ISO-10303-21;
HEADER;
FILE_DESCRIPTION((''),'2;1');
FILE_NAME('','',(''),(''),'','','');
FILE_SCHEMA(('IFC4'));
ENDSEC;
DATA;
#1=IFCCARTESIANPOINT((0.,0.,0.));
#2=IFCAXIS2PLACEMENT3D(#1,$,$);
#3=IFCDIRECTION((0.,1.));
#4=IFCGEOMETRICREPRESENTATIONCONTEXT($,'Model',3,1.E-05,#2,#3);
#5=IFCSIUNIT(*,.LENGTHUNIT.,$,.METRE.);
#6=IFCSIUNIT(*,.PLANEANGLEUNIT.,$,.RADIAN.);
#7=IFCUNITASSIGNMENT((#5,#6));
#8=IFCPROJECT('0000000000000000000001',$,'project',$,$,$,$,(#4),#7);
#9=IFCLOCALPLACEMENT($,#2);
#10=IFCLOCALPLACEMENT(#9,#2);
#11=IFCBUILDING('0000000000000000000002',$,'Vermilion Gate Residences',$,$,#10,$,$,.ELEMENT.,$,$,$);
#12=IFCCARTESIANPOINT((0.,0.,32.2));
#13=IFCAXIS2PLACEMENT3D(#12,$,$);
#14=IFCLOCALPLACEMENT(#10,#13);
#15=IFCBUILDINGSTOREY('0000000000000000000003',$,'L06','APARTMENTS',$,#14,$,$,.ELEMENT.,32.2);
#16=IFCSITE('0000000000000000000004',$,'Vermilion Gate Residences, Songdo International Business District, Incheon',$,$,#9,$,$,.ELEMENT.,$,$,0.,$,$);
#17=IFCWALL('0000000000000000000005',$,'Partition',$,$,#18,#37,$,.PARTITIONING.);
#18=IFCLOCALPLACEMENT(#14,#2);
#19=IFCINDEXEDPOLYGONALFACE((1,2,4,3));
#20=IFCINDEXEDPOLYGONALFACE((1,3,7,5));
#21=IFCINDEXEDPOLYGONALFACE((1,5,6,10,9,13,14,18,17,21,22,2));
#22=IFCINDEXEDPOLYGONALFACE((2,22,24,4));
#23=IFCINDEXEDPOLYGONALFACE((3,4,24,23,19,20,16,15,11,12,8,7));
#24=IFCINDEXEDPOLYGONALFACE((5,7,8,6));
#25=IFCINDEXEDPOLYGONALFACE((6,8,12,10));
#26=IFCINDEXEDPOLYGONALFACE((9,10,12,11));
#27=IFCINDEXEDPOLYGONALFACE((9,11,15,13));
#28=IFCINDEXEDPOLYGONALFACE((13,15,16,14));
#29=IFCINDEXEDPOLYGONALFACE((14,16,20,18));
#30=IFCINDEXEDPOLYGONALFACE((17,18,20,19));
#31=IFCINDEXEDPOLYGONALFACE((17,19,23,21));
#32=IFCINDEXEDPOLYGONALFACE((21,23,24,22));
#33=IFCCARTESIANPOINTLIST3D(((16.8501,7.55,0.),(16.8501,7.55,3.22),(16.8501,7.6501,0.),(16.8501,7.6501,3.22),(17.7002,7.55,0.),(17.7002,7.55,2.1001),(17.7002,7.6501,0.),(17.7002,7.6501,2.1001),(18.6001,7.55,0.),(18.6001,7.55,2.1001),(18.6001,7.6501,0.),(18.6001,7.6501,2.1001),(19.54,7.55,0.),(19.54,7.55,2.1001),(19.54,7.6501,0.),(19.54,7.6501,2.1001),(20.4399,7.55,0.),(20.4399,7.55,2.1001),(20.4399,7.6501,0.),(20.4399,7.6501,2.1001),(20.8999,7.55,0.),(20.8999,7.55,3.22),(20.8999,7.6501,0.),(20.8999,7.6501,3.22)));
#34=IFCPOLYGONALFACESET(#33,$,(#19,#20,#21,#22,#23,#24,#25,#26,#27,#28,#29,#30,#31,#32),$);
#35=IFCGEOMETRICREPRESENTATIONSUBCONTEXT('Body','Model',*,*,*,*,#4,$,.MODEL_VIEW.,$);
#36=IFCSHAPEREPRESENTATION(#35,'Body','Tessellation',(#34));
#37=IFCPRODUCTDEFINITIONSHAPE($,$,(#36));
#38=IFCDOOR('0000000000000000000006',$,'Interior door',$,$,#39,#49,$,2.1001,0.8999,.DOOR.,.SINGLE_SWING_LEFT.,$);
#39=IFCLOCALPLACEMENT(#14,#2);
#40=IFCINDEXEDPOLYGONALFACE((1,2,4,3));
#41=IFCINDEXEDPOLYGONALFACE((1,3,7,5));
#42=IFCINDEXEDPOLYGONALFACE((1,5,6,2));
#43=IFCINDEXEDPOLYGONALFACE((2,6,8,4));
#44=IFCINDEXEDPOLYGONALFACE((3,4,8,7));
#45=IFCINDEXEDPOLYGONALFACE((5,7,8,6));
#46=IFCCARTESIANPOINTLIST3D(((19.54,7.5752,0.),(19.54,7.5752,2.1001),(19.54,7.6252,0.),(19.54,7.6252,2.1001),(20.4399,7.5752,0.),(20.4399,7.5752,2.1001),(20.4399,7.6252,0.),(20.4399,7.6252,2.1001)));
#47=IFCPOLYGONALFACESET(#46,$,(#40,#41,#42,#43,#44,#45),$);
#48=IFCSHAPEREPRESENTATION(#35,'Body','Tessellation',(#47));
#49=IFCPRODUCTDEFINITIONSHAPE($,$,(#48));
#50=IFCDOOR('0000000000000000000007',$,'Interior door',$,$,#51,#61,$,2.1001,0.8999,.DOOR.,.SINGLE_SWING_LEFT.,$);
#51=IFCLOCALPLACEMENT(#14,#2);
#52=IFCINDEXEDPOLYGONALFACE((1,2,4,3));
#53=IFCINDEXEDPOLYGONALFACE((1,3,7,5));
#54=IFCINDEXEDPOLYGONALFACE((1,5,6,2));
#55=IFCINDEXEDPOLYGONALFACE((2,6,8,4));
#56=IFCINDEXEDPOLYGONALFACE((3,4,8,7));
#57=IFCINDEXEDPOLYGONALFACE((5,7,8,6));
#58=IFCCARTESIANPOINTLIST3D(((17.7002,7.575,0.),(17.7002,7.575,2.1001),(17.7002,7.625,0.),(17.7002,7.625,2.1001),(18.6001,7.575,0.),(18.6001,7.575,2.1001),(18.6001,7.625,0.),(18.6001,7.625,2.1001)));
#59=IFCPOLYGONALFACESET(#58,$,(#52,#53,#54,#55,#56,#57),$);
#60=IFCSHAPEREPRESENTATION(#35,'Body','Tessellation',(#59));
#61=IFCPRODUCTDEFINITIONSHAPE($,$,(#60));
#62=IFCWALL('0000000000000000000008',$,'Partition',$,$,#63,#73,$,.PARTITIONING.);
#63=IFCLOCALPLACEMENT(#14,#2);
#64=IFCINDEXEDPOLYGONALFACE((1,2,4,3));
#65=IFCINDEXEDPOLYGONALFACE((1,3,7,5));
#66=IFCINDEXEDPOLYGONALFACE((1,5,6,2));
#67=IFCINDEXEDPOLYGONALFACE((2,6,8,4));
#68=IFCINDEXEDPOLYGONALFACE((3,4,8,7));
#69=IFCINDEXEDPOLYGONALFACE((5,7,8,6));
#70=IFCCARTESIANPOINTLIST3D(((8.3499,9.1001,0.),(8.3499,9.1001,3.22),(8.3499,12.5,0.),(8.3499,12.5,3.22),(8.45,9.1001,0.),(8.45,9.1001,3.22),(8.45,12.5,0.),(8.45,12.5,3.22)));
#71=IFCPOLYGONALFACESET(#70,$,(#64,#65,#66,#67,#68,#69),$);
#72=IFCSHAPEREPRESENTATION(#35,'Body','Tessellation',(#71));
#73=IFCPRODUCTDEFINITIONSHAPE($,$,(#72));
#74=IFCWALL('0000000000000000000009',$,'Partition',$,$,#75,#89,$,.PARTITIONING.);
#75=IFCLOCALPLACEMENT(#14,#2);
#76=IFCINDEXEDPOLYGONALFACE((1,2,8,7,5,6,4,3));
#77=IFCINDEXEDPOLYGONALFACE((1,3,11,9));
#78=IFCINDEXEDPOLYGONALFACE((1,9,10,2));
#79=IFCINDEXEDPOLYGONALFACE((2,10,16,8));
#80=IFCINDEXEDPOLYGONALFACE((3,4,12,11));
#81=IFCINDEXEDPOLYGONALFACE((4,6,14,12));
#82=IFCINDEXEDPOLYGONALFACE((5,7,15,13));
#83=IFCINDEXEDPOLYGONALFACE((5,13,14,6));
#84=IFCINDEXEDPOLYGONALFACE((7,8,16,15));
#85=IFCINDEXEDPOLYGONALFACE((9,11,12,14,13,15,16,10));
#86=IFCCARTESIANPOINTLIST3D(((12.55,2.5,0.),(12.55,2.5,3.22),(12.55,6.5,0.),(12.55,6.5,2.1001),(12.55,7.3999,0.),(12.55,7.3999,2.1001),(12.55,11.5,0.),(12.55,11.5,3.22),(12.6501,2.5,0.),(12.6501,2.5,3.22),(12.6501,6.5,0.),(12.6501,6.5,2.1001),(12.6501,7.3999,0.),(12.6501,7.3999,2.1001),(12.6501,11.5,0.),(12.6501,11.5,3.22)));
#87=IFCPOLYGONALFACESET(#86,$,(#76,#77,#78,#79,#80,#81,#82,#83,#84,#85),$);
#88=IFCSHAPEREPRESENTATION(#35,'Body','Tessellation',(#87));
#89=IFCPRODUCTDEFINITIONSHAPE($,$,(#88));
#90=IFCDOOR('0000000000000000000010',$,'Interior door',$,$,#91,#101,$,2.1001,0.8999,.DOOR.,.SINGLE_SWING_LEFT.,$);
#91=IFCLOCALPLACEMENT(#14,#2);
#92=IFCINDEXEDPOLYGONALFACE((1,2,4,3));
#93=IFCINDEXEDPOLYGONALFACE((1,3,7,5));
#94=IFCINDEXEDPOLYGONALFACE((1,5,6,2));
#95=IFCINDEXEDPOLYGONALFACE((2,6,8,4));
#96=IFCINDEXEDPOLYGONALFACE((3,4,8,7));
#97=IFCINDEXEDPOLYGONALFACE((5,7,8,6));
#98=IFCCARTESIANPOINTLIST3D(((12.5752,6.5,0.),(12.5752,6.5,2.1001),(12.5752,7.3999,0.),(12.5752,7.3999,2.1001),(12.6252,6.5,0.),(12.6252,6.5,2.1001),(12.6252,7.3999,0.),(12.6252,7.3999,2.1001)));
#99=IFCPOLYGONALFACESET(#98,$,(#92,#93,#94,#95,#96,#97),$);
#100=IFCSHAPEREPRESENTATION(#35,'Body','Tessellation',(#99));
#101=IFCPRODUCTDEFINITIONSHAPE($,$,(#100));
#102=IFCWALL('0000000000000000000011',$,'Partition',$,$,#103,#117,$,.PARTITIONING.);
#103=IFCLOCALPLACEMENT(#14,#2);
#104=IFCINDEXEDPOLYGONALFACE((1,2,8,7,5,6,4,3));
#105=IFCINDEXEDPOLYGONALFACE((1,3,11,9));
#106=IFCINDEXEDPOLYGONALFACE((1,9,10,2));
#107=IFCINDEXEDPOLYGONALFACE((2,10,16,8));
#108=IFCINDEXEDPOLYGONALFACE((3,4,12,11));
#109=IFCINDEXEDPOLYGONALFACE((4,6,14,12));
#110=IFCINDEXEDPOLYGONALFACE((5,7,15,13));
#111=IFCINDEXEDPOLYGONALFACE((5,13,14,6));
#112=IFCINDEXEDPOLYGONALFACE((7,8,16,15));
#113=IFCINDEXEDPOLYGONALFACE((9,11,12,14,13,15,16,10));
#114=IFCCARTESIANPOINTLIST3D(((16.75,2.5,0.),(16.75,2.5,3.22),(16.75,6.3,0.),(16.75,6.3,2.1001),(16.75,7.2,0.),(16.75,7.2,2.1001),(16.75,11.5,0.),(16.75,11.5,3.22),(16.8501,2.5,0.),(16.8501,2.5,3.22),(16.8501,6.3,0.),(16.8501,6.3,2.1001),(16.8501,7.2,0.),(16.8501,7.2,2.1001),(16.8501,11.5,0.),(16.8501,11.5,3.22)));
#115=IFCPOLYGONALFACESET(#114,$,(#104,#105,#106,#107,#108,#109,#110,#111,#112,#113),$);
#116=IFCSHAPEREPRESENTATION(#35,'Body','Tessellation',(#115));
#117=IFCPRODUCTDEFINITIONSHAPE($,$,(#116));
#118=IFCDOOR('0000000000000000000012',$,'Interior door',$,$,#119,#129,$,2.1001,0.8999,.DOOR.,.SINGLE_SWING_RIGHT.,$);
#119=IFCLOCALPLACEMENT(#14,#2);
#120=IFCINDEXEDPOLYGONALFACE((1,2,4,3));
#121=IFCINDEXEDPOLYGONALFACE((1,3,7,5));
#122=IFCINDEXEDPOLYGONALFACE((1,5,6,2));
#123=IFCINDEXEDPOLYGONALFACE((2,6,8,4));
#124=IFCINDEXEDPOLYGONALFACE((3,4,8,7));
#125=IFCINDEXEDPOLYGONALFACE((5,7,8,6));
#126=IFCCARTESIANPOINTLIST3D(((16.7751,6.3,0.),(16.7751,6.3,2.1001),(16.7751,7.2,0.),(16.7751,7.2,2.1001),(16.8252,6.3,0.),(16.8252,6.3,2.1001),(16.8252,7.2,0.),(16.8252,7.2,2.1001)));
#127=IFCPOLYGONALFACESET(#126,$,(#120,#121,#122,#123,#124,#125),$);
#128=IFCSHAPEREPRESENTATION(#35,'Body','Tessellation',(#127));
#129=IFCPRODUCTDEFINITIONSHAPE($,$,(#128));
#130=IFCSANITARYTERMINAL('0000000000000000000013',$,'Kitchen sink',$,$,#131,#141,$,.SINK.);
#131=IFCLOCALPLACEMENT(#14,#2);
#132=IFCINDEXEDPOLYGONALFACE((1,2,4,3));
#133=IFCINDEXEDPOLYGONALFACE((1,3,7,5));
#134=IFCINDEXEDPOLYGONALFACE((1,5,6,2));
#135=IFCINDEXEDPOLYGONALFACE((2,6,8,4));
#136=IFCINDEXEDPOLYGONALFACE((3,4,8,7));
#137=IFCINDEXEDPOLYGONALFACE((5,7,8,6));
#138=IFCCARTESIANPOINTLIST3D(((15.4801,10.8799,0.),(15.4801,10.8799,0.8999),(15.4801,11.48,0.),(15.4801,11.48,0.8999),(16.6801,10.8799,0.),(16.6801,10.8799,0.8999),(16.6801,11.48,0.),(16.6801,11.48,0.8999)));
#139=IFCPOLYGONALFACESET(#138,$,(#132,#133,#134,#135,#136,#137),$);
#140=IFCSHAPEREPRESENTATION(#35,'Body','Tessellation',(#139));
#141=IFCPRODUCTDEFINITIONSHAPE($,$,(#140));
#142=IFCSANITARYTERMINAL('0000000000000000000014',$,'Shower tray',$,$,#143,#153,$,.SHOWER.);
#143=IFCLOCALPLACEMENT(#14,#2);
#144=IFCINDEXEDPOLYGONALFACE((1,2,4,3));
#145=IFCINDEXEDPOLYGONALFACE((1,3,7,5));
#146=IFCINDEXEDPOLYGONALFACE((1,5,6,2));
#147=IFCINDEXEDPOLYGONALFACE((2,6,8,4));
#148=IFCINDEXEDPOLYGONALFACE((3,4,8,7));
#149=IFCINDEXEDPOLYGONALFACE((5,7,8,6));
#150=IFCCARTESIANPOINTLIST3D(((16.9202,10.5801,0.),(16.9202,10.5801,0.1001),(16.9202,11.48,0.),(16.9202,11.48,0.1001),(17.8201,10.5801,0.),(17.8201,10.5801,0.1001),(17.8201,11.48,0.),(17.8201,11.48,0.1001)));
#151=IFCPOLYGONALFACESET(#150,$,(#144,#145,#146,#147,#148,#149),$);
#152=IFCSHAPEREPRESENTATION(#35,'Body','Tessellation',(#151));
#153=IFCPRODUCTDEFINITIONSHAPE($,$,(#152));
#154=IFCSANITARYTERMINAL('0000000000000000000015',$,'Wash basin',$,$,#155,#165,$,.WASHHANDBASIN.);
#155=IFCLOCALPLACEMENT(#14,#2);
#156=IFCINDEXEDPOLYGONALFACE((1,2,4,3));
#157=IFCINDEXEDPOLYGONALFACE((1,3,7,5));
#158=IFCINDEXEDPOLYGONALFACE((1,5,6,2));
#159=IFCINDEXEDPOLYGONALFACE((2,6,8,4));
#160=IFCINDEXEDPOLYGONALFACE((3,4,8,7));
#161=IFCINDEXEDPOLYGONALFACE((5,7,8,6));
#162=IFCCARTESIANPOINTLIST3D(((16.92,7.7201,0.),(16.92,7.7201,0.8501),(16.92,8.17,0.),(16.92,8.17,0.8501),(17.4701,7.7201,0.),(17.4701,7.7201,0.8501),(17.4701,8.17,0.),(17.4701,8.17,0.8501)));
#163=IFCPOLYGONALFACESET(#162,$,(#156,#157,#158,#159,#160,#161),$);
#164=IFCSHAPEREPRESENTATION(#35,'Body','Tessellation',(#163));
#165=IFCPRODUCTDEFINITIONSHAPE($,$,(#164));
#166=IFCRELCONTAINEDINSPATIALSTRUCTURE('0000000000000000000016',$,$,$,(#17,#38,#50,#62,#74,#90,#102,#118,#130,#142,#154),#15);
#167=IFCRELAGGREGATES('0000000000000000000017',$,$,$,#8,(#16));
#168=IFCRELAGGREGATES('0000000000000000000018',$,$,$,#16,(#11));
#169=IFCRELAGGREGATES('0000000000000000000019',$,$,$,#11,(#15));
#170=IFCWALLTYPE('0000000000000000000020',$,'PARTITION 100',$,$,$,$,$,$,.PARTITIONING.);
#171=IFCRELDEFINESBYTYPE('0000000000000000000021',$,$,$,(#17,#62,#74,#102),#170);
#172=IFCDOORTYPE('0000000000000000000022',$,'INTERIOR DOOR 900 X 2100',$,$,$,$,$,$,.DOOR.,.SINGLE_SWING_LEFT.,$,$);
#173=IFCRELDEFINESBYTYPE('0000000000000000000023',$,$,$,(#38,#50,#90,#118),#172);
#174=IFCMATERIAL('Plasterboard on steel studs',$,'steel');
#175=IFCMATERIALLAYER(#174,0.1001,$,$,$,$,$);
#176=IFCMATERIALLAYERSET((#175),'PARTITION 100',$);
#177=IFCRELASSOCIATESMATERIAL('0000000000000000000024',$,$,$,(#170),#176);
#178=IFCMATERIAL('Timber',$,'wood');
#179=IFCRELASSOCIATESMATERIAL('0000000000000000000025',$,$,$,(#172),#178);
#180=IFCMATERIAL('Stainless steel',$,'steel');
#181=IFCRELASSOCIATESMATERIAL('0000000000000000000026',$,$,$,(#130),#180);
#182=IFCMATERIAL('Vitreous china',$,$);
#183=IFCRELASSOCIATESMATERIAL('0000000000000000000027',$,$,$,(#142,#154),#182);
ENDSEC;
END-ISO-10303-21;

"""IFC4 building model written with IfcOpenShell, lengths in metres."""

from ifc_helpers import new_model, si_unit, direction, frame, frame_2d, origin, origin_2d, place, context, subcontext, project, spatial, rectangle, extrude, material, layer, layer_set, type_object, element, fill, save


model = new_model("IFC4")

# Units and contexts
model_context = context("Model", 3, precision=1e-05, world=origin(), true_north=direction((0.0, 1.0)))
body_context = subcontext(model_context, "Body", "Model", "MODEL_VIEW")
ifc_project = project(units=[si_unit("LENGTHUNIT", "METRE"), si_unit("PLANEANGLEUNIT", "RADIAN")], contexts=[model_context])

# Site, building, storey
site_placement = place(None, origin())
site = spatial("IfcSite", under=ifc_project, at=site_placement, Name="Vermilion Gate Residences, Songdo International Business District, Incheon", CompositionType="ELEMENT", RefElevation=0.0)
building_placement = place(site_placement, origin())
building = spatial("IfcBuilding", under=site, at=building_placement, Name="Vermilion Gate Residences", CompositionType="ELEMENT")
storey_placement = place(building_placement, frame((0.0, 0.0, 32.2)))
storey = spatial("IfcBuildingStorey", under=building, at=storey_placement, Name="L06", Description="APARTMENTS", CompositionType="ELEMENT", Elevation=32.2)

# Wall, openings, doors
ifc_material_1 = material(Name="Plasterboard on steel studs", Category="steel")
ifc_layer = layer(ifc_material_1, 0.1001)
ifc_layer_set = layer_set([ifc_layer], Name="PARTITION 100")
wall_type = type_object("IfcWallType", Name="PARTITION 100", PredefinedType="PARTITIONING", material=ifc_layer_set)
ifc_material_2 = material(Name="Timber", Category="wood")
door_type = type_object("IfcDoorType", Name="INTERIOR DOOR 900 X 2100", OperationType="SINGLE_SWING_LEFT", PredefinedType="DOOR", material=ifc_material_2)
wall_1_placement = place(storey_placement, frame((16.8501, 7.6001, 0.0), z_axis=(0.0, 0.0, 1.0), x_axis=(1.0, 0.0, 0.0)))
wall_1 = element("IfcWall", 1, at=wall_1_placement, inside=storey, type_object=wall_type, Name="Partition", PredefinedType="PARTITIONING", context=body_context, shape_type="SweptSolid", body=[
    extrude(rectangle(XDim=4.0498, YDim=0.1001, at=frame_2d((2.0249, 0.0))), origin(), (0.0, 0.0, 1.0), 3.22),
])
opening_1_placement = place(wall_1_placement, frame((2.6899, 0.0, 0.0)))
opening_1 = element("IfcOpeningElement", 2, at=opening_1_placement, cuts=wall_1, PredefinedType="OPENING", context=body_context, shape_type="SweptSolid", body=[
    extrude(rectangle(XDim=0.8999, YDim=2.1001, at=frame_2d((0.45, 1.05))), frame((0.0, 0.0601, 0.0), z_axis=(0.0, -1.0, 0.0), x_axis=(1.0, 0.0, 0.0)), (0.0, 0.0, 1.0), 0.1201),
])
opening_2_placement = place(wall_1_placement, frame((0.8501, 0.0, 0.0)))
opening_2 = element("IfcOpeningElement", 3, at=opening_2_placement, cuts=wall_1, PredefinedType="OPENING", context=body_context, shape_type="SweptSolid", body=[
    extrude(rectangle(XDim=0.8999, YDim=2.1001, at=frame_2d((0.45, 1.05))), frame((0.0, 0.0601, 0.0), z_axis=(0.0, -1.0, 0.0), x_axis=(1.0, 0.0, 0.0)), (0.0, 0.0, 1.0), 0.1201),
])
door_1_placement = place(opening_1_placement, frame((0.8999, 0.0, 0.0), z_axis=(0.0, 0.0, 1.0), x_axis=(-1.0, 0.0, 0.0)))
door_1 = element("IfcDoor", 4, at=door_1_placement, inside=storey, type_object=door_type, Name="Interior door", OperationType="SINGLE_SWING_LEFT", OverallHeight=2.1001, OverallWidth=0.8999, PredefinedType="DOOR", context=body_context, shape_type="SweptSolid", body=[
    extrude(rectangle(XDim=0.8999, YDim=2.1001, at=frame_2d((0.45, 1.05))), frame((0.0, 0.0249, 0.0), z_axis=(0.0, -1.0, 0.0), x_axis=(1.0, 0.0, 0.0)), (0.0, 0.0, 1.0), 0.05),
])
fill(opening_1, door_1)
door_2_placement = place(opening_2_placement, origin())
door_2 = element("IfcDoor", 5, at=door_2_placement, inside=storey, type_object=door_type, Name="Interior door", OperationType="SINGLE_SWING_LEFT", OverallHeight=2.1001, OverallWidth=0.8999, PredefinedType="DOOR", context=body_context, shape_type="SweptSolid", body=[
    extrude(rectangle(XDim=0.8999, YDim=2.1001, at=frame_2d((0.45, 1.05))), frame((0.0, 0.0249, 0.0), z_axis=(0.0, -1.0, 0.0), x_axis=(1.0, 0.0, 0.0)), (0.0, 0.0, 1.0), 0.05),
])
fill(opening_2, door_2)

# Wall
wall_2_placement = place(storey_placement, frame((8.3999, 9.1001, 0.0), z_axis=(0.0, 0.0, 1.0), x_axis=(0.0, 1.0, 0.0)))
element("IfcWall", 6, at=wall_2_placement, inside=storey, type_object=wall_type, Name="Partition", PredefinedType="PARTITIONING", context=body_context, shape_type="SweptSolid", body=[
    extrude(rectangle(XDim=3.3999, YDim=0.1001, at=frame_2d((1.7, 0.0))), origin(), (0.0, 0.0, 1.0), 3.22),
])

# Walls, openings, doors
wall_3_placement = place(storey_placement, frame((12.6001, 2.5, 0.0), z_axis=(0.0, 0.0, 1.0), x_axis=(0.0, 1.0, 0.0)))
wall_3 = element("IfcWall", 7, at=wall_3_placement, inside=storey, type_object=wall_type, Name="Partition", PredefinedType="PARTITIONING", context=body_context, shape_type="SweptSolid", body=[
    extrude(rectangle(XDim=9.0, YDim=0.1001, at=frame_2d((4.5, 0.0))), origin(), (0.0, 0.0, 1.0), 3.22),
])
opening_3_placement = place(wall_3_placement, frame((4.0, 0.0, 0.0)))
opening_3 = element("IfcOpeningElement", 8, at=opening_3_placement, cuts=wall_3, PredefinedType="OPENING", context=body_context, shape_type="SweptSolid", body=[
    extrude(rectangle(XDim=0.8999, YDim=2.1001, at=frame_2d((0.45, 1.05))), frame((0.0, 0.0601, 0.0), z_axis=(0.0, -1.0, 0.0), x_axis=(1.0, 0.0, 0.0)), (0.0, 0.0, 1.0), 0.1201),
])
door_3_placement = place(opening_3_placement, origin())
door_3 = element("IfcDoor", 9, at=door_3_placement, inside=storey, type_object=door_type, Name="Interior door", OperationType="SINGLE_SWING_LEFT", OverallHeight=2.1001, OverallWidth=0.8999, PredefinedType="DOOR", context=body_context, shape_type="SweptSolid", body=[
    extrude(rectangle(XDim=0.8999, YDim=2.1001, at=frame_2d((0.45, 1.05))), frame((0.0, 0.0249, 0.0), z_axis=(0.0, -1.0, 0.0), x_axis=(1.0, 0.0, 0.0)), (0.0, 0.0, 1.0), 0.05),
])
fill(opening_3, door_3)
wall_4_placement = place(storey_placement, frame((16.8, 2.5, 0.0), z_axis=(0.0, 0.0, 1.0), x_axis=(0.0, 1.0, 0.0)))
wall_4 = element("IfcWall", 10, at=wall_4_placement, inside=storey, type_object=wall_type, Name="Partition", PredefinedType="PARTITIONING", context=body_context, shape_type="SweptSolid", body=[
    extrude(rectangle(XDim=9.0, YDim=0.1001, at=frame_2d((4.5, 0.0))), origin(), (0.0, 0.0, 1.0), 3.22),
])
opening_4_placement = place(wall_4_placement, frame((3.8, 0.0, 0.0)))
opening_4 = element("IfcOpeningElement", 11, at=opening_4_placement, cuts=wall_4, PredefinedType="OPENING", context=body_context, shape_type="SweptSolid", body=[
    extrude(rectangle(XDim=0.8999, YDim=2.1001, at=frame_2d((0.45, 1.05))), frame((0.0, 0.0601, 0.0), z_axis=(0.0, -1.0, 0.0), x_axis=(1.0, 0.0, 0.0)), (0.0, 0.0, 1.0), 0.1201),
])
door_4_placement = place(opening_4_placement, origin())
door_4 = element("IfcDoor", 12, at=door_4_placement, inside=storey, type_object=door_type, Name="Interior door", OperationType="SINGLE_SWING_RIGHT", OverallHeight=2.1001, OverallWidth=0.8999, PredefinedType="DOOR", context=body_context, shape_type="SweptSolid", body=[
    extrude(rectangle(XDim=0.8999, YDim=2.1001, at=frame_2d((0.45, 1.05))), frame((0.0, 0.0249, 0.0), z_axis=(0.0, -1.0, 0.0), x_axis=(1.0, 0.0, 0.0)), (0.0, 0.0, 1.0), 0.05),
])
fill(opening_4, door_4)

# Sanitary terminals
ifc_material_3 = material(Name="Stainless steel", Category="steel")
sanitary_terminal_1_placement = place(storey_placement, frame((16.0801, 11.1799, 0.0), z_axis=(0.0, 0.0, 1.0), x_axis=(1.0, 0.0, 0.0)))
element("IfcSanitaryTerminal", 13, at=sanitary_terminal_1_placement, inside=storey, material=ifc_material_3, Name="Kitchen sink", PredefinedType="SINK", context=body_context, shape_type="SweptSolid", body=[
    extrude(rectangle(XDim=1.2, YDim=0.6001, at=origin_2d()), origin(), (0.0, 0.0, 1.0), 0.8999),
])
ifc_material_4 = material(Name="Vitreous china")
sanitary_terminal_2_placement = place(storey_placement, frame((17.3701, 11.03, 0.0), z_axis=(0.0, 0.0, 1.0), x_axis=(1.0, 0.0, 0.0)))
element("IfcSanitaryTerminal", 14, at=sanitary_terminal_2_placement, inside=storey, material=ifc_material_4, Name="Shower tray", PredefinedType="SHOWER", context=body_context, shape_type="SweptSolid", body=[
    extrude(rectangle(XDim=0.8999, YDim=0.8999, at=origin_2d()), origin(), (0.0, 0.0, 1.0), 0.1001),
])
sanitary_terminal_3_placement = place(storey_placement, frame((17.1951, 7.9451, 0.0), z_axis=(0.0, 0.0, 1.0), x_axis=(1.0, 0.0, 0.0)))
element("IfcSanitaryTerminal", 15, at=sanitary_terminal_3_placement, inside=storey, material=ifc_material_4, Name="Wash basin", PredefinedType="WASHHANDBASIN", context=body_context, shape_type="SweptSolid", body=[
    extrude(rectangle(XDim=0.55, YDim=0.45, at=origin_2d()), origin(), (0.0, 0.0, 1.0), 0.8501),
])

save(model, "model.ifc")
